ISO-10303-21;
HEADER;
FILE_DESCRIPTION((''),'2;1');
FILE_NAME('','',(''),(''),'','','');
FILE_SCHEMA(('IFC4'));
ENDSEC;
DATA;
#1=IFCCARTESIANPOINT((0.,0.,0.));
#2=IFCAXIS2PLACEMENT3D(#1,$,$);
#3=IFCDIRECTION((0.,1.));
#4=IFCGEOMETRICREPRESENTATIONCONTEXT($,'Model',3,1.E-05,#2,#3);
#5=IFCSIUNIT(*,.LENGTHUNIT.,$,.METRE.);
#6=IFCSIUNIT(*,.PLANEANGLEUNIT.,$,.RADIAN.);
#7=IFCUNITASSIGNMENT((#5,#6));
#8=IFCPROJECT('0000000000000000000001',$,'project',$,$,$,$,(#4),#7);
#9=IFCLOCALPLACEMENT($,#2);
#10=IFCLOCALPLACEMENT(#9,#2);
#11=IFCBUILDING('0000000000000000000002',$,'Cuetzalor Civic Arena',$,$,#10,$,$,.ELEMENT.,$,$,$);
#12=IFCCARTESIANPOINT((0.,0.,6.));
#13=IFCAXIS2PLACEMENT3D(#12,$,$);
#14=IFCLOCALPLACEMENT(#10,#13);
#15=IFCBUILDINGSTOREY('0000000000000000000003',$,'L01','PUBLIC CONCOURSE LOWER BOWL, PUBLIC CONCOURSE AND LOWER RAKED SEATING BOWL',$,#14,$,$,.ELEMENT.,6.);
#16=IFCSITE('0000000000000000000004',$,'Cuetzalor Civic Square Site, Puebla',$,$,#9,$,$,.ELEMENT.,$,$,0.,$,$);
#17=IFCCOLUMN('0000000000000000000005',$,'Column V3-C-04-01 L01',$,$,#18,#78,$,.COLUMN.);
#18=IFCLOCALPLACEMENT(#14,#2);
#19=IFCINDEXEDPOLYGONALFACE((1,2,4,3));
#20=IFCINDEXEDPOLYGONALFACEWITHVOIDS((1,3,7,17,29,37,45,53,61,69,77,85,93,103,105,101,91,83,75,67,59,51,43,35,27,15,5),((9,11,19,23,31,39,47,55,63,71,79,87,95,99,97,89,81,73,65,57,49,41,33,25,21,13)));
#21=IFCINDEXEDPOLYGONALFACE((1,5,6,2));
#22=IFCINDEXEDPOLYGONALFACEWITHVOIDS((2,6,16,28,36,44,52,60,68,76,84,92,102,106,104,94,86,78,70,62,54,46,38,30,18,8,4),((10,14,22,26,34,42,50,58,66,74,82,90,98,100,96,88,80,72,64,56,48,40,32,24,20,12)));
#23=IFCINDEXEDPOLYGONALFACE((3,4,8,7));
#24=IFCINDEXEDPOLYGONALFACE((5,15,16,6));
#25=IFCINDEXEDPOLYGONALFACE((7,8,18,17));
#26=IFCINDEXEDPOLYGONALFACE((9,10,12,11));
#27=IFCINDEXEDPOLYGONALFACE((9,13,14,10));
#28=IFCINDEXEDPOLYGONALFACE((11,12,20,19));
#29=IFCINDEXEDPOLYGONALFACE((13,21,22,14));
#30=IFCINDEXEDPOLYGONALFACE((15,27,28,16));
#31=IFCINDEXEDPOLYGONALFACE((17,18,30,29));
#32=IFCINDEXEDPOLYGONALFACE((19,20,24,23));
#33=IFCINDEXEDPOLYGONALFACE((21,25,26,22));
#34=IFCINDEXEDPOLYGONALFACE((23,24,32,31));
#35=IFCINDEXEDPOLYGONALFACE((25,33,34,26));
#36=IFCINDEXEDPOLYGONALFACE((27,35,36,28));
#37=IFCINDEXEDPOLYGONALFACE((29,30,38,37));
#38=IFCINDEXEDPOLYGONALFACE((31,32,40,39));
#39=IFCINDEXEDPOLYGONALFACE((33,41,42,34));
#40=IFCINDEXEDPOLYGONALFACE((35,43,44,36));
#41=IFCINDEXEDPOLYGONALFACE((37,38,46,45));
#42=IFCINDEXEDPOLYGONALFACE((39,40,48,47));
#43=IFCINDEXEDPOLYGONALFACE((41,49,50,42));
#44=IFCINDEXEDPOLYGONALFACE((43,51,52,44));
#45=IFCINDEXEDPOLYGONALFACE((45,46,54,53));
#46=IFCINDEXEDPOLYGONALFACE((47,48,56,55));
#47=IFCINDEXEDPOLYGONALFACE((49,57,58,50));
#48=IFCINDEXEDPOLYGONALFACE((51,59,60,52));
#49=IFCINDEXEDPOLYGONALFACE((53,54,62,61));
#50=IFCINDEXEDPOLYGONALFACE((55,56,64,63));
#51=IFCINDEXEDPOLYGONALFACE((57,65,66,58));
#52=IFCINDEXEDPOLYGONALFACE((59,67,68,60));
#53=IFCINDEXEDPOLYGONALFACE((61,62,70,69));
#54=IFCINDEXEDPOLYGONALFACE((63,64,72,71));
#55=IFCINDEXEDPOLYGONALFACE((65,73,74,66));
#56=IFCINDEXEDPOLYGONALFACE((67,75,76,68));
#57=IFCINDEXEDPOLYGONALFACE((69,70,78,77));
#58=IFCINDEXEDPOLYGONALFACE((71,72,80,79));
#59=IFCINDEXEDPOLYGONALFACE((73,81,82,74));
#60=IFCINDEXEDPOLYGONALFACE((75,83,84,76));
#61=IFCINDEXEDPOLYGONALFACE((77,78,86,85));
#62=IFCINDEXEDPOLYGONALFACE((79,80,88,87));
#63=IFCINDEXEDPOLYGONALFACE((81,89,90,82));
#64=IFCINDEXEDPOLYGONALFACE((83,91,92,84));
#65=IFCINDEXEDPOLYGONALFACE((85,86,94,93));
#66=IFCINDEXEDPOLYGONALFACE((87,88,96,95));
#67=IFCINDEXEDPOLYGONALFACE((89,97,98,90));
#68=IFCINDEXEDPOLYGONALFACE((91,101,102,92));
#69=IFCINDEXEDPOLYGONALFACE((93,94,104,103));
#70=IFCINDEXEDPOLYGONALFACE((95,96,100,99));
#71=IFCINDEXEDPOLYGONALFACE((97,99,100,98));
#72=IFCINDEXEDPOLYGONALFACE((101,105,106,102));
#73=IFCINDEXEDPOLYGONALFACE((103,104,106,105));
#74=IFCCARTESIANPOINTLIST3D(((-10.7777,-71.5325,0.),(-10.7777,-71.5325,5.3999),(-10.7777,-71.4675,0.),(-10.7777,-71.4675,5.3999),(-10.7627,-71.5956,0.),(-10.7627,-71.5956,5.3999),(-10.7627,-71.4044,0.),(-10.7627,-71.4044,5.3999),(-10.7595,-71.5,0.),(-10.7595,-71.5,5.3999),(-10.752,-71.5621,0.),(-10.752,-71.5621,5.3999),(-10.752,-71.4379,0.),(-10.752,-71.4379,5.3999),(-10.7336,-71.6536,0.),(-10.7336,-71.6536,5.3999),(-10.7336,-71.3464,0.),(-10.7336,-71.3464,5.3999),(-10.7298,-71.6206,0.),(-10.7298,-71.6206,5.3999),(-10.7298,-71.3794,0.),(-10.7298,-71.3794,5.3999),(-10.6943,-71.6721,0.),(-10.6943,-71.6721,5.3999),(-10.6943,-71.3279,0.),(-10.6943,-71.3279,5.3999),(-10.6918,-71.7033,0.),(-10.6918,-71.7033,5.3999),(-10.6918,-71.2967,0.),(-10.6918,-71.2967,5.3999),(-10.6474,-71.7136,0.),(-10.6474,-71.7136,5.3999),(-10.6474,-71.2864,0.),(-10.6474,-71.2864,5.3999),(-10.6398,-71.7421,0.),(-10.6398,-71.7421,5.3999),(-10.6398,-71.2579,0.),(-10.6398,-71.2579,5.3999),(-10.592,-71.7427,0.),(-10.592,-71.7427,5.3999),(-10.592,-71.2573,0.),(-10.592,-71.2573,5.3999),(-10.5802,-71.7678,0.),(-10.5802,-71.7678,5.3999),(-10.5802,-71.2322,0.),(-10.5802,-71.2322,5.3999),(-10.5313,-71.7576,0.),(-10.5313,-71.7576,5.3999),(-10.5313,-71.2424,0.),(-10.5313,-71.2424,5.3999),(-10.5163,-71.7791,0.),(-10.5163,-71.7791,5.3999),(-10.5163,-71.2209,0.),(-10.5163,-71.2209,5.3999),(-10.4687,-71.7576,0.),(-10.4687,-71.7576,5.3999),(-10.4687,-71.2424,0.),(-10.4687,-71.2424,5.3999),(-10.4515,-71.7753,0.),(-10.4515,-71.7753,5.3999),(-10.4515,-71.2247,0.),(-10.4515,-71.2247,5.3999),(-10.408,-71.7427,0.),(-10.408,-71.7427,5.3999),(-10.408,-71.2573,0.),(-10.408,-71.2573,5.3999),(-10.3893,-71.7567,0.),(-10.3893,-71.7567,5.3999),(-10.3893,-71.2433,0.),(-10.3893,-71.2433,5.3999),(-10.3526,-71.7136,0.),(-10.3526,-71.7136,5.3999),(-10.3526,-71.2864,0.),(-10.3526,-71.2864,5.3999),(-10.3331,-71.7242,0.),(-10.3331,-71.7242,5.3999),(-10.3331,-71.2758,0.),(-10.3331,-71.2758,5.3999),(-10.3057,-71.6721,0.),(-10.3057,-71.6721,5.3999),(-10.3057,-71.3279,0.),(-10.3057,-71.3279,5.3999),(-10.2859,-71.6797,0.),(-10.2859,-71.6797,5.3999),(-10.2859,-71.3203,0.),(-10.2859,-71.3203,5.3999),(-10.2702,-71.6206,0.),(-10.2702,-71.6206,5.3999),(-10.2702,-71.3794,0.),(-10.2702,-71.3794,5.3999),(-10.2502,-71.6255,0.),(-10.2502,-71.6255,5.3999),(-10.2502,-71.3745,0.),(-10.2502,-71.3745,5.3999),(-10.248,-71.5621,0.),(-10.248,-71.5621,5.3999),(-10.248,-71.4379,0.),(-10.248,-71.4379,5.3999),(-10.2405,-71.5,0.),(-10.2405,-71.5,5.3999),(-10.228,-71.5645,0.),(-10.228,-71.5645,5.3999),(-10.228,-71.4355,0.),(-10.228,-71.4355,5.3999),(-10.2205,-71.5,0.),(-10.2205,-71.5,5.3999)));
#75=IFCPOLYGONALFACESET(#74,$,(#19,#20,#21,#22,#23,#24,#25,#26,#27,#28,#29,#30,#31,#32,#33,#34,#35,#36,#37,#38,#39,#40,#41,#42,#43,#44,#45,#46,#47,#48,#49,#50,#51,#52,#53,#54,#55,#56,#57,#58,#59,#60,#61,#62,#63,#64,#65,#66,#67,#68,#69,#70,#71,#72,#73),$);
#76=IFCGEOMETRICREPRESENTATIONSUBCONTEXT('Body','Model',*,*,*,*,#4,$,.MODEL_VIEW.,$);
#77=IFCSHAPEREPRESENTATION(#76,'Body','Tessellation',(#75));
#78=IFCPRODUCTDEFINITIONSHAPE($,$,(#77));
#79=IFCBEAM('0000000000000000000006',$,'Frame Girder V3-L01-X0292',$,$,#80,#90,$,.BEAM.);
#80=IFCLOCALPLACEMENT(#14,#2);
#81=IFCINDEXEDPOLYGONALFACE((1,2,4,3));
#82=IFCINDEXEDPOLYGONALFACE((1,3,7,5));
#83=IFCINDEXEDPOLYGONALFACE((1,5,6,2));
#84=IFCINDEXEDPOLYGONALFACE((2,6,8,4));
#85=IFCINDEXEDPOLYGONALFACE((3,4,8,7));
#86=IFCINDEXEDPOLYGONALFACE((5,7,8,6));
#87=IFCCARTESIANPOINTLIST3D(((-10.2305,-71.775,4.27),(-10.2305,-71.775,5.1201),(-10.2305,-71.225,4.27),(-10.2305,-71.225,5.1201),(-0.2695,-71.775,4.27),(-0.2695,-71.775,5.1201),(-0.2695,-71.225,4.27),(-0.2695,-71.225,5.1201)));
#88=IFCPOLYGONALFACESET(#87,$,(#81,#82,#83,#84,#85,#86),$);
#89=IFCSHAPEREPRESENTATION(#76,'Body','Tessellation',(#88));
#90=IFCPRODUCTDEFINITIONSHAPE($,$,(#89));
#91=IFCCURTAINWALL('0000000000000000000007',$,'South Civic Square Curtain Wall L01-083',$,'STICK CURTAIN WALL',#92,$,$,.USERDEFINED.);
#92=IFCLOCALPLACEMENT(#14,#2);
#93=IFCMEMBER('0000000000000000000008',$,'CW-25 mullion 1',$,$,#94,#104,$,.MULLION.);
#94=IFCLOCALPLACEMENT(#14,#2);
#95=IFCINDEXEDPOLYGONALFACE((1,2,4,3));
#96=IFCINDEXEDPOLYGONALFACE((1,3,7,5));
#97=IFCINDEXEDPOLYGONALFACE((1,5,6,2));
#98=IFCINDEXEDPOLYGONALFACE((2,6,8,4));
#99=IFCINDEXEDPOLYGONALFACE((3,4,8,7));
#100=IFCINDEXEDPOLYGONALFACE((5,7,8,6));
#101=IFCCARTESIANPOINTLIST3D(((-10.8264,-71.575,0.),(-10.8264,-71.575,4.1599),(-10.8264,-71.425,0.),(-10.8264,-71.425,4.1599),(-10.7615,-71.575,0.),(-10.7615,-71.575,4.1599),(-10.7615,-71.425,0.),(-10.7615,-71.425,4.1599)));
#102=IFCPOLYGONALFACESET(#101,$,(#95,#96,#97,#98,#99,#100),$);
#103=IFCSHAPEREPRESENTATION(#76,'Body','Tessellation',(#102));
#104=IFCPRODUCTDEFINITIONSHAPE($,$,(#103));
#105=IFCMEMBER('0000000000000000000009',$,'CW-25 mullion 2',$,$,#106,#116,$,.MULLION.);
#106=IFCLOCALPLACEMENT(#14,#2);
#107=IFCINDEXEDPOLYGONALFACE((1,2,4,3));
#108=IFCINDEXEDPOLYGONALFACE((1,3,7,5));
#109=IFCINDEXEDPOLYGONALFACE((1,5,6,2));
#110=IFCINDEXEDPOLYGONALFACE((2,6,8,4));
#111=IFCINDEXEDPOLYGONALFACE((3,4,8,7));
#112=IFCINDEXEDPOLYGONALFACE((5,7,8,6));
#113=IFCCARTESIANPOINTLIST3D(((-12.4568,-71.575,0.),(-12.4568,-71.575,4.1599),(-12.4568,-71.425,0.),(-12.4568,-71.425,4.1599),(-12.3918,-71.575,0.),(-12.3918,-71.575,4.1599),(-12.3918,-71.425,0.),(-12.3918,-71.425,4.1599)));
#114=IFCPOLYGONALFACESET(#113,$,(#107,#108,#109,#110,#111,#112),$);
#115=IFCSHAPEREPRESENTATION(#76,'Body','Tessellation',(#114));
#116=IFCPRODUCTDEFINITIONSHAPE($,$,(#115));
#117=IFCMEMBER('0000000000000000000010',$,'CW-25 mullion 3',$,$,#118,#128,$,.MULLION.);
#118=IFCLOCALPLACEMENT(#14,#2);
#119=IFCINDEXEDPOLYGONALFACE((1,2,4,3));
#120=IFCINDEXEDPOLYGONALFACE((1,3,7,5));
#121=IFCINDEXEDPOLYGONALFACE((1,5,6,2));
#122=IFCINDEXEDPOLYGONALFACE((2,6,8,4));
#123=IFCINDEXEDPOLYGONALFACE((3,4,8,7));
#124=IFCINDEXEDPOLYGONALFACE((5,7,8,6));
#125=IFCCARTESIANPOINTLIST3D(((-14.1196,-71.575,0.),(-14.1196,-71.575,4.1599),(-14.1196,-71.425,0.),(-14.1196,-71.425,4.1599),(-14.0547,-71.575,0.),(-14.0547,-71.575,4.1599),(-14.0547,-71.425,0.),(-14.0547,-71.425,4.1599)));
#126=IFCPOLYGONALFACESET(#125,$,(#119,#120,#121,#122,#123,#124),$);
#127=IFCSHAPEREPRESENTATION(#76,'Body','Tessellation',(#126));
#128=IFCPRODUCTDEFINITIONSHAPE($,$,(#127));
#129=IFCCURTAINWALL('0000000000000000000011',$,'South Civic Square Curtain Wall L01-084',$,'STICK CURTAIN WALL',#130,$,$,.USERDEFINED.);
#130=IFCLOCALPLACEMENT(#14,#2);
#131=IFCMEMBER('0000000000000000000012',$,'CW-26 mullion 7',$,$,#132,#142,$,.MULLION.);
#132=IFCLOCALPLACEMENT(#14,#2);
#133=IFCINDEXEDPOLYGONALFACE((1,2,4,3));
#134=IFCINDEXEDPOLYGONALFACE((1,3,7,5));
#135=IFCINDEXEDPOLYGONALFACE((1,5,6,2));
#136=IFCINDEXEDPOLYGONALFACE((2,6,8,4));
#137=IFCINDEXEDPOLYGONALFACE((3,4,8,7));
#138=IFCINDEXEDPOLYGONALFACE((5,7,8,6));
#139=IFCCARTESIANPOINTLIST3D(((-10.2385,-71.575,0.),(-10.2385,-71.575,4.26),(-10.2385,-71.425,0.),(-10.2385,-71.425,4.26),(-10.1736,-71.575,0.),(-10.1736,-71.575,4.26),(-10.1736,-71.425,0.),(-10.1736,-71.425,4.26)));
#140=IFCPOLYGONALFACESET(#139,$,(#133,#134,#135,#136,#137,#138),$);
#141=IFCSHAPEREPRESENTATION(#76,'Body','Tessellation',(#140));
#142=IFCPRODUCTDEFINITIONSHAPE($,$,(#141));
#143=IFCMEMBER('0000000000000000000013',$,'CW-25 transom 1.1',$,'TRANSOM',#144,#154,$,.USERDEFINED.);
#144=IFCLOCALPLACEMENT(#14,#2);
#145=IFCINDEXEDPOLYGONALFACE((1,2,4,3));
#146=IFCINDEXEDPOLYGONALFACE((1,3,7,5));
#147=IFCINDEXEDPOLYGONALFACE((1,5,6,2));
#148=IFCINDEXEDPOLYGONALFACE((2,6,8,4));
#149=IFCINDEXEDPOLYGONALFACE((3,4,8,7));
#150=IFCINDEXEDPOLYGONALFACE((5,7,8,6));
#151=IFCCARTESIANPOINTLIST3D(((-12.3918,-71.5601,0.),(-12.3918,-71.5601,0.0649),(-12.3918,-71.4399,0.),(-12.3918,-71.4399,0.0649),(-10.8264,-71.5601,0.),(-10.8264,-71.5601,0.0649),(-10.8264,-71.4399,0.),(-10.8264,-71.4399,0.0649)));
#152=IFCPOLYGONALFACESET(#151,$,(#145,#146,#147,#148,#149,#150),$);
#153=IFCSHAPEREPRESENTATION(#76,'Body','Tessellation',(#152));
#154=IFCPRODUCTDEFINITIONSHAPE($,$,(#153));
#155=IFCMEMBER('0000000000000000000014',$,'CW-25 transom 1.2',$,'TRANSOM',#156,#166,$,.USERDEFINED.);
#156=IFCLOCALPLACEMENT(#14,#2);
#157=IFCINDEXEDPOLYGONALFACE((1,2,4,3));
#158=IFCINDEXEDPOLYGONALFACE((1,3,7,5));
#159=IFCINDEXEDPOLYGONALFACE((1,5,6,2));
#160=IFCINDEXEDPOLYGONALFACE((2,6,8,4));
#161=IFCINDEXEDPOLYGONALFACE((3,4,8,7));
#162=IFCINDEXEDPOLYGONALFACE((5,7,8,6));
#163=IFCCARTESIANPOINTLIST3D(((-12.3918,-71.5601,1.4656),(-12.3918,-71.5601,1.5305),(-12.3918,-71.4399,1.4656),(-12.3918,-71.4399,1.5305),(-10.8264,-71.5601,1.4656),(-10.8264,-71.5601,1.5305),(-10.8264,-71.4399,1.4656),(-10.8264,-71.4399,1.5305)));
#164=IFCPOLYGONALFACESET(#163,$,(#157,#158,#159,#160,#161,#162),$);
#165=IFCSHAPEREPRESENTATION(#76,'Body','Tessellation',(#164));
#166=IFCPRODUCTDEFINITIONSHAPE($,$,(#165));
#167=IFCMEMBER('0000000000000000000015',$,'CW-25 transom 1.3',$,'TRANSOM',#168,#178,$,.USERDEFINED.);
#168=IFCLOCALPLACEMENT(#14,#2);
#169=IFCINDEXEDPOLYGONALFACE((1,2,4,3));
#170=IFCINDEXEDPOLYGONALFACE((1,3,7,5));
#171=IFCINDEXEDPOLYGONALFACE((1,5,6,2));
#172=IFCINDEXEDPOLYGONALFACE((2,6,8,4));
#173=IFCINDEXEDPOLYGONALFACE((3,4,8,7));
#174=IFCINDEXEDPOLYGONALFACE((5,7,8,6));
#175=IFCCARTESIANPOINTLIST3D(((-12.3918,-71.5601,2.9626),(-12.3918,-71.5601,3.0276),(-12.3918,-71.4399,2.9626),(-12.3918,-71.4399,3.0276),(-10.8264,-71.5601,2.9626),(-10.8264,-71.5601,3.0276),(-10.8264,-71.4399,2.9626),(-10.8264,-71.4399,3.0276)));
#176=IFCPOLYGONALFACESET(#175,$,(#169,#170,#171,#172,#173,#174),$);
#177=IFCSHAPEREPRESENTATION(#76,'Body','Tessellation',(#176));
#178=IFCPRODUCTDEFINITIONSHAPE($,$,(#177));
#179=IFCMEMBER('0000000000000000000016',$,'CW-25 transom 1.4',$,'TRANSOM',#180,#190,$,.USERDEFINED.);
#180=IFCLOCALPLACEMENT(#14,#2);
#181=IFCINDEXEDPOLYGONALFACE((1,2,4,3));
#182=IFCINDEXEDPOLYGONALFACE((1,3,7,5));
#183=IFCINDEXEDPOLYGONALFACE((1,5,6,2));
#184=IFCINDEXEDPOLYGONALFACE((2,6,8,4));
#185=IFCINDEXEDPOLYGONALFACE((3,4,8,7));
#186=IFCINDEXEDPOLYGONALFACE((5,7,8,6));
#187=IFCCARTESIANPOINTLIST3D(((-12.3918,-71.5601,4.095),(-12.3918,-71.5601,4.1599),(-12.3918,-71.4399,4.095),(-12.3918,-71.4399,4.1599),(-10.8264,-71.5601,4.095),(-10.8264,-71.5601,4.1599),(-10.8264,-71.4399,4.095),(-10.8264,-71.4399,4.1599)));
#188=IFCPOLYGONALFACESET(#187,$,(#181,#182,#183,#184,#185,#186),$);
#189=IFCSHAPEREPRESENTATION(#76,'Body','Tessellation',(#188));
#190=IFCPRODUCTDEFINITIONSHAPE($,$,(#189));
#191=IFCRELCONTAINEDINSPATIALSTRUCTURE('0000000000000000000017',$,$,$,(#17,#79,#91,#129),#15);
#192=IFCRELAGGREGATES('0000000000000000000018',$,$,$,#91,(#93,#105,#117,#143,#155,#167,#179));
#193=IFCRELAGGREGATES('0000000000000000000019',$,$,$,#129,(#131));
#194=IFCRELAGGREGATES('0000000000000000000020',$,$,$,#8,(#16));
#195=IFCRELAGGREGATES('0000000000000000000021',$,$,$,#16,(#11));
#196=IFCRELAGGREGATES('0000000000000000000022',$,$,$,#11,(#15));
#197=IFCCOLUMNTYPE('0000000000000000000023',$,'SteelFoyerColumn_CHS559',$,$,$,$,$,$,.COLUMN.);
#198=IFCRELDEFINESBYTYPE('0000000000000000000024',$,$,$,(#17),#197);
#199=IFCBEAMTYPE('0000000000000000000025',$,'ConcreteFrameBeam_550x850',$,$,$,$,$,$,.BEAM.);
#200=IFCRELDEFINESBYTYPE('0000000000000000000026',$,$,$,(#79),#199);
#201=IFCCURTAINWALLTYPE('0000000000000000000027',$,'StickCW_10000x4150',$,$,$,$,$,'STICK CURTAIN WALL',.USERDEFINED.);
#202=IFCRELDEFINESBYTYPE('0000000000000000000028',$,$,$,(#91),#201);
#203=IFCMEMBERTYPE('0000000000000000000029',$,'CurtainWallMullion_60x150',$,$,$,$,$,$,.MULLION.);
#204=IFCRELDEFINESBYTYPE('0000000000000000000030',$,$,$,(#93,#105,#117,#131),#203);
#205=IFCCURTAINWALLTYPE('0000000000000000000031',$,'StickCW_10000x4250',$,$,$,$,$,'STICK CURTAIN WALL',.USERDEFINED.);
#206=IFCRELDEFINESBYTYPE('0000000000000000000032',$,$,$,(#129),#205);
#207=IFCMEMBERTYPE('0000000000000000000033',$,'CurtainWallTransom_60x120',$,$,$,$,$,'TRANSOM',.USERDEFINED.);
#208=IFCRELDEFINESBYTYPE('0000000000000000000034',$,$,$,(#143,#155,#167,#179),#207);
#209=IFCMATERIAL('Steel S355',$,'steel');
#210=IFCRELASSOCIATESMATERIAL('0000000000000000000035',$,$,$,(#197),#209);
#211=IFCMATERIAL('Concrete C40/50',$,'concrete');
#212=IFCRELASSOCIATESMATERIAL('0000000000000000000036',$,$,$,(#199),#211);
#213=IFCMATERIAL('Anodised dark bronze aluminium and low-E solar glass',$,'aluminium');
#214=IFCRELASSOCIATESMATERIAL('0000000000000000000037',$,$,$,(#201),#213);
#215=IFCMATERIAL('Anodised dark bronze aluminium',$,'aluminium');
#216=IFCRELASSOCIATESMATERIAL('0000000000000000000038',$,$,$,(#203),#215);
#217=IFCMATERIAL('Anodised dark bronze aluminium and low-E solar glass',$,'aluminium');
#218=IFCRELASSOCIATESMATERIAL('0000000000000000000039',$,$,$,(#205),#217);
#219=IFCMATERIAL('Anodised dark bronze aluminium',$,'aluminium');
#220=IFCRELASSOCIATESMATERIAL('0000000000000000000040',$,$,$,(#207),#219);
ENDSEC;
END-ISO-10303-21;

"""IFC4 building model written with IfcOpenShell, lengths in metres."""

from ifc_helpers import new_model, si_unit, direction, frame, origin, origin_2d, place, context, subcontext, project, spatial, rectangle, hollow_circle, extrude, material, material_profile, profile_set, type_object, element, aggregate, save


model = new_model("IFC4")

# Units and contexts
model_context = context("Model", 3, precision=1e-05, world=origin(), true_north=direction((0.0, 1.0)))
body_context = subcontext(model_context, "Body", "Model", "MODEL_VIEW")
ifc_project = project(units=[si_unit("LENGTHUNIT", "METRE"), si_unit("PLANEANGLEUNIT", "RADIAN")], contexts=[model_context])

# Site, building, storey
site_placement = place(None, origin())
site = spatial("IfcSite", under=ifc_project, at=site_placement, Name="Cuetzalor Civic Square Site, Puebla", CompositionType="ELEMENT", RefElevation=0.0)
building_placement = place(site_placement, origin())
building = spatial("IfcBuilding", under=site, at=building_placement, Name="Cuetzalor Civic Arena", CompositionType="ELEMENT")
storey_placement = place(building_placement, frame((0.0, 0.0, 6.0)))
storey = spatial("IfcBuildingStorey", under=building, at=storey_placement, Name="L01", Description="PUBLIC CONCOURSE LOWER BOWL, PUBLIC CONCOURSE AND LOWER RAKED SEATING BOWL", CompositionType="ELEMENT", Elevation=6.0)

# Column
ifc_material_1 = material(Name="Steel S355", Category="steel")
ifc_material_profile_1 = material_profile(ifc_material_1, hollow_circle(Radius=0.2795, WallThickness=0.02, at=origin_2d()), Name="CHS 559x20")
ifc_profile_set_1 = profile_set([ifc_material_profile_1], Name="Steel S355")
column_type = type_object("IfcColumnType", Name="SteelFoyerColumn_CHS559", PredefinedType="COLUMN", material=ifc_profile_set_1)
column_placement = place(storey_placement, frame((-10.5, -71.5, 0.0), z_axis=(0.0, 0.0, 1.0), x_axis=(1.0, 0.0, 0.0)))
element("IfcColumn", 1, at=column_placement, inside=storey, type_object=column_type, Name="Column V3-C-04-01 L01", PredefinedType="COLUMN", context=body_context, shape_type="SweptSolid", body=[
    extrude(hollow_circle(Radius=0.2795, WallThickness=0.02, at=origin_2d()), origin(), (0.0, 0.0, 1.0), 5.3999),
])

# Beam
ifc_material_2 = material(Name="Concrete C40/50", Category="concrete")
ifc_material_profile_2 = material_profile(ifc_material_2, rectangle(XDim=0.55, YDim=0.8501, at=origin_2d()), Name="RC 550x850")
ifc_profile_set_2 = profile_set([ifc_material_profile_2], Name="Concrete C40/50")
beam_type = type_object("IfcBeamType", Name="ConcreteFrameBeam_550x850", PredefinedType="BEAM", material=ifc_profile_set_2)
beam_placement = place(storey_placement, frame((-10.2305, -71.5, 4.6951), z_axis=(1.0, 0.0, 0.0), x_axis=(0.0, 1.0, 0.0)))
element("IfcBeam", 2, at=beam_placement, inside=storey, type_object=beam_type, Name="Frame Girder V3-L01-X0292", PredefinedType="BEAM", context=body_context, shape_type="SweptSolid", body=[
    extrude(rectangle(XDim=0.55, YDim=0.8501, at=origin_2d()), origin(), (0.0, 0.0, 1.0), 9.9609),
])

# Curtain wall, members
ifc_material_3 = material(Name="Anodised dark bronze aluminium and low-E solar glass", Category="aluminium")
curtain_wall_type_1 = type_object("IfcCurtainWallType", Name="StickCW_10000x4150", ElementType="STICK CURTAIN WALL", PredefinedType="USERDEFINED", material=ifc_material_3)
curtain_wall_1_placement = place(storey_placement, origin())
curtain_wall_1 = element("IfcCurtainWall", 3, at=curtain_wall_1_placement, inside=storey, type_object=curtain_wall_type_1, Name="South Civic Square Curtain Wall L01-083", ObjectType="STICK CURTAIN WALL", PredefinedType="USERDEFINED")
ifc_material_4 = material(Name="Anodised dark bronze aluminium", Category="aluminium")
ifc_material_profile_3 = material_profile(ifc_material_4, rectangle(XDim=0.0649, YDim=0.1499, at=origin_2d()), Name="ALU MULLION 65x150")
ifc_profile_set_3 = profile_set([ifc_material_profile_3], Name="Anodised dark bronze aluminium")
member_type_1 = type_object("IfcMemberType", Name="CurtainWallMullion_60x150", PredefinedType="MULLION", material=ifc_profile_set_3)
member_1_placement = place(storey_placement, frame((-10.7939, -71.5, 0.0), z_axis=(0.0, 0.0, 1.0), x_axis=(-1.0, 0.0, 0.0)))
member_1 = element("IfcMember", 4, at=member_1_placement, type_object=member_type_1, Name="CW-25 mullion 1", PredefinedType="MULLION", context=body_context, shape_type="SweptSolid", body=[
    extrude(rectangle(XDim=0.0649, YDim=0.1499, at=origin_2d()), origin(), (0.0, 0.0, 1.0), 4.1599),
])
member_2_placement = place(storey_placement, frame((-12.4243, -71.5, 0.0), z_axis=(0.0, 0.0, 1.0), x_axis=(-1.0, 0.0, 0.0)))
member_2 = element("IfcMember", 5, at=member_2_placement, type_object=member_type_1, Name="CW-25 mullion 2", PredefinedType="MULLION", context=body_context, shape_type="SweptSolid", body=[
    extrude(rectangle(XDim=0.0649, YDim=0.1499, at=origin_2d()), origin(), (0.0, 0.0, 1.0), 4.1599),
])
member_3_placement = place(storey_placement, frame((-14.0872, -71.5, 0.0), z_axis=(0.0, 0.0, 1.0), x_axis=(-1.0, 0.0, 0.0)))
member_3 = element("IfcMember", 6, at=member_3_placement, type_object=member_type_1, Name="CW-25 mullion 3", PredefinedType="MULLION", context=body_context, shape_type="SweptSolid", body=[
    extrude(rectangle(XDim=0.0649, YDim=0.1499, at=origin_2d()), origin(), (0.0, 0.0, 1.0), 4.1599),
])

# Curtain wall, member
ifc_material_5 = material(Name="Anodised dark bronze aluminium and low-E solar glass", Category="aluminium")
curtain_wall_type_2 = type_object("IfcCurtainWallType", Name="StickCW_10000x4250", ElementType="STICK CURTAIN WALL", PredefinedType="USERDEFINED", material=ifc_material_5)
curtain_wall_2_placement = place(storey_placement, origin())
curtain_wall_2 = element("IfcCurtainWall", 7, at=curtain_wall_2_placement, inside=storey, type_object=curtain_wall_type_2, Name="South Civic Square Curtain Wall L01-084", ObjectType="STICK CURTAIN WALL", PredefinedType="USERDEFINED")
member_4_placement = place(storey_placement, frame((-10.2061, -71.5, 0.0), z_axis=(0.0, 0.0, 1.0), x_axis=(-1.0, 0.0, 0.0)))
member_4 = element("IfcMember", 8, at=member_4_placement, type_object=member_type_1, Name="CW-26 mullion 7", PredefinedType="MULLION", context=body_context, shape_type="SweptSolid", body=[
    extrude(rectangle(XDim=0.0649, YDim=0.1499, at=origin_2d()), origin(), (0.0, 0.0, 1.0), 4.26),
])

# Members
ifc_material_6 = material(Name="Anodised dark bronze aluminium", Category="aluminium")
ifc_material_profile_4 = material_profile(ifc_material_6, rectangle(XDim=0.1201, YDim=0.0649, at=origin_2d()), Name="ALU TRANSOM 65x120")
ifc_profile_set_4 = profile_set([ifc_material_profile_4], Name="Anodised dark bronze aluminium")
member_type_2 = type_object("IfcMemberType", Name="CurtainWallTransom_60x120", ElementType="TRANSOM", PredefinedType="USERDEFINED", material=ifc_profile_set_4)
member_5_placement = place(storey_placement, frame((-10.8264, -71.5, 0.0325), z_axis=(-1.0, 0.0, 0.0), x_axis=(0.0, -1.0, 0.0)))
member_5 = element("IfcMember", 9, at=member_5_placement, type_object=member_type_2, Name="CW-25 transom 1.1", ObjectType="TRANSOM", PredefinedType="USERDEFINED", context=body_context, shape_type="SweptSolid", body=[
    extrude(rectangle(XDim=0.1201, YDim=0.0649, at=origin_2d()), origin(), (0.0, 0.0, 1.0), 1.5654),
])
member_6_placement = place(storey_placement, frame((-10.8264, -71.5, 1.498), z_axis=(-1.0, 0.0, 0.0), x_axis=(0.0, -1.0, 0.0)))
member_6 = element("IfcMember", 10, at=member_6_placement, type_object=member_type_2, Name="CW-25 transom 1.2", ObjectType="TRANSOM", PredefinedType="USERDEFINED", context=body_context, shape_type="SweptSolid", body=[
    extrude(rectangle(XDim=0.1201, YDim=0.0649, at=origin_2d()), origin(), (0.0, 0.0, 1.0), 1.5654),
])
member_7_placement = place(storey_placement, frame((-10.8264, -71.5, 2.9951), z_axis=(-1.0, 0.0, 0.0), x_axis=(0.0, -1.0, 0.0)))
member_7 = element("IfcMember", 11, at=member_7_placement, type_object=member_type_2, Name="CW-25 transom 1.3", ObjectType="TRANSOM", PredefinedType="USERDEFINED", context=body_context, shape_type="SweptSolid", body=[
    extrude(rectangle(XDim=0.1201, YDim=0.0649, at=origin_2d()), origin(), (0.0, 0.0, 1.0), 1.5654),
])
member_8_placement = place(storey_placement, frame((-10.8264, -71.5, 4.1274), z_axis=(-1.0, 0.0, 0.0), x_axis=(0.0, -1.0, 0.0)))
member_8 = element("IfcMember", 12, at=member_8_placement, type_object=member_type_2, Name="CW-25 transom 1.4", ObjectType="TRANSOM", PredefinedType="USERDEFINED", context=body_context, shape_type="SweptSolid", body=[
    extrude(rectangle(XDim=0.1201, YDim=0.0649, at=origin_2d()), origin(), (0.0, 0.0, 1.0), 1.5654),
])

aggregate(curtain_wall_1, [member_1, member_2, member_3, member_5, member_6, member_7, member_8])
aggregate(curtain_wall_2, [member_4])

save(model, "model.ifc")
